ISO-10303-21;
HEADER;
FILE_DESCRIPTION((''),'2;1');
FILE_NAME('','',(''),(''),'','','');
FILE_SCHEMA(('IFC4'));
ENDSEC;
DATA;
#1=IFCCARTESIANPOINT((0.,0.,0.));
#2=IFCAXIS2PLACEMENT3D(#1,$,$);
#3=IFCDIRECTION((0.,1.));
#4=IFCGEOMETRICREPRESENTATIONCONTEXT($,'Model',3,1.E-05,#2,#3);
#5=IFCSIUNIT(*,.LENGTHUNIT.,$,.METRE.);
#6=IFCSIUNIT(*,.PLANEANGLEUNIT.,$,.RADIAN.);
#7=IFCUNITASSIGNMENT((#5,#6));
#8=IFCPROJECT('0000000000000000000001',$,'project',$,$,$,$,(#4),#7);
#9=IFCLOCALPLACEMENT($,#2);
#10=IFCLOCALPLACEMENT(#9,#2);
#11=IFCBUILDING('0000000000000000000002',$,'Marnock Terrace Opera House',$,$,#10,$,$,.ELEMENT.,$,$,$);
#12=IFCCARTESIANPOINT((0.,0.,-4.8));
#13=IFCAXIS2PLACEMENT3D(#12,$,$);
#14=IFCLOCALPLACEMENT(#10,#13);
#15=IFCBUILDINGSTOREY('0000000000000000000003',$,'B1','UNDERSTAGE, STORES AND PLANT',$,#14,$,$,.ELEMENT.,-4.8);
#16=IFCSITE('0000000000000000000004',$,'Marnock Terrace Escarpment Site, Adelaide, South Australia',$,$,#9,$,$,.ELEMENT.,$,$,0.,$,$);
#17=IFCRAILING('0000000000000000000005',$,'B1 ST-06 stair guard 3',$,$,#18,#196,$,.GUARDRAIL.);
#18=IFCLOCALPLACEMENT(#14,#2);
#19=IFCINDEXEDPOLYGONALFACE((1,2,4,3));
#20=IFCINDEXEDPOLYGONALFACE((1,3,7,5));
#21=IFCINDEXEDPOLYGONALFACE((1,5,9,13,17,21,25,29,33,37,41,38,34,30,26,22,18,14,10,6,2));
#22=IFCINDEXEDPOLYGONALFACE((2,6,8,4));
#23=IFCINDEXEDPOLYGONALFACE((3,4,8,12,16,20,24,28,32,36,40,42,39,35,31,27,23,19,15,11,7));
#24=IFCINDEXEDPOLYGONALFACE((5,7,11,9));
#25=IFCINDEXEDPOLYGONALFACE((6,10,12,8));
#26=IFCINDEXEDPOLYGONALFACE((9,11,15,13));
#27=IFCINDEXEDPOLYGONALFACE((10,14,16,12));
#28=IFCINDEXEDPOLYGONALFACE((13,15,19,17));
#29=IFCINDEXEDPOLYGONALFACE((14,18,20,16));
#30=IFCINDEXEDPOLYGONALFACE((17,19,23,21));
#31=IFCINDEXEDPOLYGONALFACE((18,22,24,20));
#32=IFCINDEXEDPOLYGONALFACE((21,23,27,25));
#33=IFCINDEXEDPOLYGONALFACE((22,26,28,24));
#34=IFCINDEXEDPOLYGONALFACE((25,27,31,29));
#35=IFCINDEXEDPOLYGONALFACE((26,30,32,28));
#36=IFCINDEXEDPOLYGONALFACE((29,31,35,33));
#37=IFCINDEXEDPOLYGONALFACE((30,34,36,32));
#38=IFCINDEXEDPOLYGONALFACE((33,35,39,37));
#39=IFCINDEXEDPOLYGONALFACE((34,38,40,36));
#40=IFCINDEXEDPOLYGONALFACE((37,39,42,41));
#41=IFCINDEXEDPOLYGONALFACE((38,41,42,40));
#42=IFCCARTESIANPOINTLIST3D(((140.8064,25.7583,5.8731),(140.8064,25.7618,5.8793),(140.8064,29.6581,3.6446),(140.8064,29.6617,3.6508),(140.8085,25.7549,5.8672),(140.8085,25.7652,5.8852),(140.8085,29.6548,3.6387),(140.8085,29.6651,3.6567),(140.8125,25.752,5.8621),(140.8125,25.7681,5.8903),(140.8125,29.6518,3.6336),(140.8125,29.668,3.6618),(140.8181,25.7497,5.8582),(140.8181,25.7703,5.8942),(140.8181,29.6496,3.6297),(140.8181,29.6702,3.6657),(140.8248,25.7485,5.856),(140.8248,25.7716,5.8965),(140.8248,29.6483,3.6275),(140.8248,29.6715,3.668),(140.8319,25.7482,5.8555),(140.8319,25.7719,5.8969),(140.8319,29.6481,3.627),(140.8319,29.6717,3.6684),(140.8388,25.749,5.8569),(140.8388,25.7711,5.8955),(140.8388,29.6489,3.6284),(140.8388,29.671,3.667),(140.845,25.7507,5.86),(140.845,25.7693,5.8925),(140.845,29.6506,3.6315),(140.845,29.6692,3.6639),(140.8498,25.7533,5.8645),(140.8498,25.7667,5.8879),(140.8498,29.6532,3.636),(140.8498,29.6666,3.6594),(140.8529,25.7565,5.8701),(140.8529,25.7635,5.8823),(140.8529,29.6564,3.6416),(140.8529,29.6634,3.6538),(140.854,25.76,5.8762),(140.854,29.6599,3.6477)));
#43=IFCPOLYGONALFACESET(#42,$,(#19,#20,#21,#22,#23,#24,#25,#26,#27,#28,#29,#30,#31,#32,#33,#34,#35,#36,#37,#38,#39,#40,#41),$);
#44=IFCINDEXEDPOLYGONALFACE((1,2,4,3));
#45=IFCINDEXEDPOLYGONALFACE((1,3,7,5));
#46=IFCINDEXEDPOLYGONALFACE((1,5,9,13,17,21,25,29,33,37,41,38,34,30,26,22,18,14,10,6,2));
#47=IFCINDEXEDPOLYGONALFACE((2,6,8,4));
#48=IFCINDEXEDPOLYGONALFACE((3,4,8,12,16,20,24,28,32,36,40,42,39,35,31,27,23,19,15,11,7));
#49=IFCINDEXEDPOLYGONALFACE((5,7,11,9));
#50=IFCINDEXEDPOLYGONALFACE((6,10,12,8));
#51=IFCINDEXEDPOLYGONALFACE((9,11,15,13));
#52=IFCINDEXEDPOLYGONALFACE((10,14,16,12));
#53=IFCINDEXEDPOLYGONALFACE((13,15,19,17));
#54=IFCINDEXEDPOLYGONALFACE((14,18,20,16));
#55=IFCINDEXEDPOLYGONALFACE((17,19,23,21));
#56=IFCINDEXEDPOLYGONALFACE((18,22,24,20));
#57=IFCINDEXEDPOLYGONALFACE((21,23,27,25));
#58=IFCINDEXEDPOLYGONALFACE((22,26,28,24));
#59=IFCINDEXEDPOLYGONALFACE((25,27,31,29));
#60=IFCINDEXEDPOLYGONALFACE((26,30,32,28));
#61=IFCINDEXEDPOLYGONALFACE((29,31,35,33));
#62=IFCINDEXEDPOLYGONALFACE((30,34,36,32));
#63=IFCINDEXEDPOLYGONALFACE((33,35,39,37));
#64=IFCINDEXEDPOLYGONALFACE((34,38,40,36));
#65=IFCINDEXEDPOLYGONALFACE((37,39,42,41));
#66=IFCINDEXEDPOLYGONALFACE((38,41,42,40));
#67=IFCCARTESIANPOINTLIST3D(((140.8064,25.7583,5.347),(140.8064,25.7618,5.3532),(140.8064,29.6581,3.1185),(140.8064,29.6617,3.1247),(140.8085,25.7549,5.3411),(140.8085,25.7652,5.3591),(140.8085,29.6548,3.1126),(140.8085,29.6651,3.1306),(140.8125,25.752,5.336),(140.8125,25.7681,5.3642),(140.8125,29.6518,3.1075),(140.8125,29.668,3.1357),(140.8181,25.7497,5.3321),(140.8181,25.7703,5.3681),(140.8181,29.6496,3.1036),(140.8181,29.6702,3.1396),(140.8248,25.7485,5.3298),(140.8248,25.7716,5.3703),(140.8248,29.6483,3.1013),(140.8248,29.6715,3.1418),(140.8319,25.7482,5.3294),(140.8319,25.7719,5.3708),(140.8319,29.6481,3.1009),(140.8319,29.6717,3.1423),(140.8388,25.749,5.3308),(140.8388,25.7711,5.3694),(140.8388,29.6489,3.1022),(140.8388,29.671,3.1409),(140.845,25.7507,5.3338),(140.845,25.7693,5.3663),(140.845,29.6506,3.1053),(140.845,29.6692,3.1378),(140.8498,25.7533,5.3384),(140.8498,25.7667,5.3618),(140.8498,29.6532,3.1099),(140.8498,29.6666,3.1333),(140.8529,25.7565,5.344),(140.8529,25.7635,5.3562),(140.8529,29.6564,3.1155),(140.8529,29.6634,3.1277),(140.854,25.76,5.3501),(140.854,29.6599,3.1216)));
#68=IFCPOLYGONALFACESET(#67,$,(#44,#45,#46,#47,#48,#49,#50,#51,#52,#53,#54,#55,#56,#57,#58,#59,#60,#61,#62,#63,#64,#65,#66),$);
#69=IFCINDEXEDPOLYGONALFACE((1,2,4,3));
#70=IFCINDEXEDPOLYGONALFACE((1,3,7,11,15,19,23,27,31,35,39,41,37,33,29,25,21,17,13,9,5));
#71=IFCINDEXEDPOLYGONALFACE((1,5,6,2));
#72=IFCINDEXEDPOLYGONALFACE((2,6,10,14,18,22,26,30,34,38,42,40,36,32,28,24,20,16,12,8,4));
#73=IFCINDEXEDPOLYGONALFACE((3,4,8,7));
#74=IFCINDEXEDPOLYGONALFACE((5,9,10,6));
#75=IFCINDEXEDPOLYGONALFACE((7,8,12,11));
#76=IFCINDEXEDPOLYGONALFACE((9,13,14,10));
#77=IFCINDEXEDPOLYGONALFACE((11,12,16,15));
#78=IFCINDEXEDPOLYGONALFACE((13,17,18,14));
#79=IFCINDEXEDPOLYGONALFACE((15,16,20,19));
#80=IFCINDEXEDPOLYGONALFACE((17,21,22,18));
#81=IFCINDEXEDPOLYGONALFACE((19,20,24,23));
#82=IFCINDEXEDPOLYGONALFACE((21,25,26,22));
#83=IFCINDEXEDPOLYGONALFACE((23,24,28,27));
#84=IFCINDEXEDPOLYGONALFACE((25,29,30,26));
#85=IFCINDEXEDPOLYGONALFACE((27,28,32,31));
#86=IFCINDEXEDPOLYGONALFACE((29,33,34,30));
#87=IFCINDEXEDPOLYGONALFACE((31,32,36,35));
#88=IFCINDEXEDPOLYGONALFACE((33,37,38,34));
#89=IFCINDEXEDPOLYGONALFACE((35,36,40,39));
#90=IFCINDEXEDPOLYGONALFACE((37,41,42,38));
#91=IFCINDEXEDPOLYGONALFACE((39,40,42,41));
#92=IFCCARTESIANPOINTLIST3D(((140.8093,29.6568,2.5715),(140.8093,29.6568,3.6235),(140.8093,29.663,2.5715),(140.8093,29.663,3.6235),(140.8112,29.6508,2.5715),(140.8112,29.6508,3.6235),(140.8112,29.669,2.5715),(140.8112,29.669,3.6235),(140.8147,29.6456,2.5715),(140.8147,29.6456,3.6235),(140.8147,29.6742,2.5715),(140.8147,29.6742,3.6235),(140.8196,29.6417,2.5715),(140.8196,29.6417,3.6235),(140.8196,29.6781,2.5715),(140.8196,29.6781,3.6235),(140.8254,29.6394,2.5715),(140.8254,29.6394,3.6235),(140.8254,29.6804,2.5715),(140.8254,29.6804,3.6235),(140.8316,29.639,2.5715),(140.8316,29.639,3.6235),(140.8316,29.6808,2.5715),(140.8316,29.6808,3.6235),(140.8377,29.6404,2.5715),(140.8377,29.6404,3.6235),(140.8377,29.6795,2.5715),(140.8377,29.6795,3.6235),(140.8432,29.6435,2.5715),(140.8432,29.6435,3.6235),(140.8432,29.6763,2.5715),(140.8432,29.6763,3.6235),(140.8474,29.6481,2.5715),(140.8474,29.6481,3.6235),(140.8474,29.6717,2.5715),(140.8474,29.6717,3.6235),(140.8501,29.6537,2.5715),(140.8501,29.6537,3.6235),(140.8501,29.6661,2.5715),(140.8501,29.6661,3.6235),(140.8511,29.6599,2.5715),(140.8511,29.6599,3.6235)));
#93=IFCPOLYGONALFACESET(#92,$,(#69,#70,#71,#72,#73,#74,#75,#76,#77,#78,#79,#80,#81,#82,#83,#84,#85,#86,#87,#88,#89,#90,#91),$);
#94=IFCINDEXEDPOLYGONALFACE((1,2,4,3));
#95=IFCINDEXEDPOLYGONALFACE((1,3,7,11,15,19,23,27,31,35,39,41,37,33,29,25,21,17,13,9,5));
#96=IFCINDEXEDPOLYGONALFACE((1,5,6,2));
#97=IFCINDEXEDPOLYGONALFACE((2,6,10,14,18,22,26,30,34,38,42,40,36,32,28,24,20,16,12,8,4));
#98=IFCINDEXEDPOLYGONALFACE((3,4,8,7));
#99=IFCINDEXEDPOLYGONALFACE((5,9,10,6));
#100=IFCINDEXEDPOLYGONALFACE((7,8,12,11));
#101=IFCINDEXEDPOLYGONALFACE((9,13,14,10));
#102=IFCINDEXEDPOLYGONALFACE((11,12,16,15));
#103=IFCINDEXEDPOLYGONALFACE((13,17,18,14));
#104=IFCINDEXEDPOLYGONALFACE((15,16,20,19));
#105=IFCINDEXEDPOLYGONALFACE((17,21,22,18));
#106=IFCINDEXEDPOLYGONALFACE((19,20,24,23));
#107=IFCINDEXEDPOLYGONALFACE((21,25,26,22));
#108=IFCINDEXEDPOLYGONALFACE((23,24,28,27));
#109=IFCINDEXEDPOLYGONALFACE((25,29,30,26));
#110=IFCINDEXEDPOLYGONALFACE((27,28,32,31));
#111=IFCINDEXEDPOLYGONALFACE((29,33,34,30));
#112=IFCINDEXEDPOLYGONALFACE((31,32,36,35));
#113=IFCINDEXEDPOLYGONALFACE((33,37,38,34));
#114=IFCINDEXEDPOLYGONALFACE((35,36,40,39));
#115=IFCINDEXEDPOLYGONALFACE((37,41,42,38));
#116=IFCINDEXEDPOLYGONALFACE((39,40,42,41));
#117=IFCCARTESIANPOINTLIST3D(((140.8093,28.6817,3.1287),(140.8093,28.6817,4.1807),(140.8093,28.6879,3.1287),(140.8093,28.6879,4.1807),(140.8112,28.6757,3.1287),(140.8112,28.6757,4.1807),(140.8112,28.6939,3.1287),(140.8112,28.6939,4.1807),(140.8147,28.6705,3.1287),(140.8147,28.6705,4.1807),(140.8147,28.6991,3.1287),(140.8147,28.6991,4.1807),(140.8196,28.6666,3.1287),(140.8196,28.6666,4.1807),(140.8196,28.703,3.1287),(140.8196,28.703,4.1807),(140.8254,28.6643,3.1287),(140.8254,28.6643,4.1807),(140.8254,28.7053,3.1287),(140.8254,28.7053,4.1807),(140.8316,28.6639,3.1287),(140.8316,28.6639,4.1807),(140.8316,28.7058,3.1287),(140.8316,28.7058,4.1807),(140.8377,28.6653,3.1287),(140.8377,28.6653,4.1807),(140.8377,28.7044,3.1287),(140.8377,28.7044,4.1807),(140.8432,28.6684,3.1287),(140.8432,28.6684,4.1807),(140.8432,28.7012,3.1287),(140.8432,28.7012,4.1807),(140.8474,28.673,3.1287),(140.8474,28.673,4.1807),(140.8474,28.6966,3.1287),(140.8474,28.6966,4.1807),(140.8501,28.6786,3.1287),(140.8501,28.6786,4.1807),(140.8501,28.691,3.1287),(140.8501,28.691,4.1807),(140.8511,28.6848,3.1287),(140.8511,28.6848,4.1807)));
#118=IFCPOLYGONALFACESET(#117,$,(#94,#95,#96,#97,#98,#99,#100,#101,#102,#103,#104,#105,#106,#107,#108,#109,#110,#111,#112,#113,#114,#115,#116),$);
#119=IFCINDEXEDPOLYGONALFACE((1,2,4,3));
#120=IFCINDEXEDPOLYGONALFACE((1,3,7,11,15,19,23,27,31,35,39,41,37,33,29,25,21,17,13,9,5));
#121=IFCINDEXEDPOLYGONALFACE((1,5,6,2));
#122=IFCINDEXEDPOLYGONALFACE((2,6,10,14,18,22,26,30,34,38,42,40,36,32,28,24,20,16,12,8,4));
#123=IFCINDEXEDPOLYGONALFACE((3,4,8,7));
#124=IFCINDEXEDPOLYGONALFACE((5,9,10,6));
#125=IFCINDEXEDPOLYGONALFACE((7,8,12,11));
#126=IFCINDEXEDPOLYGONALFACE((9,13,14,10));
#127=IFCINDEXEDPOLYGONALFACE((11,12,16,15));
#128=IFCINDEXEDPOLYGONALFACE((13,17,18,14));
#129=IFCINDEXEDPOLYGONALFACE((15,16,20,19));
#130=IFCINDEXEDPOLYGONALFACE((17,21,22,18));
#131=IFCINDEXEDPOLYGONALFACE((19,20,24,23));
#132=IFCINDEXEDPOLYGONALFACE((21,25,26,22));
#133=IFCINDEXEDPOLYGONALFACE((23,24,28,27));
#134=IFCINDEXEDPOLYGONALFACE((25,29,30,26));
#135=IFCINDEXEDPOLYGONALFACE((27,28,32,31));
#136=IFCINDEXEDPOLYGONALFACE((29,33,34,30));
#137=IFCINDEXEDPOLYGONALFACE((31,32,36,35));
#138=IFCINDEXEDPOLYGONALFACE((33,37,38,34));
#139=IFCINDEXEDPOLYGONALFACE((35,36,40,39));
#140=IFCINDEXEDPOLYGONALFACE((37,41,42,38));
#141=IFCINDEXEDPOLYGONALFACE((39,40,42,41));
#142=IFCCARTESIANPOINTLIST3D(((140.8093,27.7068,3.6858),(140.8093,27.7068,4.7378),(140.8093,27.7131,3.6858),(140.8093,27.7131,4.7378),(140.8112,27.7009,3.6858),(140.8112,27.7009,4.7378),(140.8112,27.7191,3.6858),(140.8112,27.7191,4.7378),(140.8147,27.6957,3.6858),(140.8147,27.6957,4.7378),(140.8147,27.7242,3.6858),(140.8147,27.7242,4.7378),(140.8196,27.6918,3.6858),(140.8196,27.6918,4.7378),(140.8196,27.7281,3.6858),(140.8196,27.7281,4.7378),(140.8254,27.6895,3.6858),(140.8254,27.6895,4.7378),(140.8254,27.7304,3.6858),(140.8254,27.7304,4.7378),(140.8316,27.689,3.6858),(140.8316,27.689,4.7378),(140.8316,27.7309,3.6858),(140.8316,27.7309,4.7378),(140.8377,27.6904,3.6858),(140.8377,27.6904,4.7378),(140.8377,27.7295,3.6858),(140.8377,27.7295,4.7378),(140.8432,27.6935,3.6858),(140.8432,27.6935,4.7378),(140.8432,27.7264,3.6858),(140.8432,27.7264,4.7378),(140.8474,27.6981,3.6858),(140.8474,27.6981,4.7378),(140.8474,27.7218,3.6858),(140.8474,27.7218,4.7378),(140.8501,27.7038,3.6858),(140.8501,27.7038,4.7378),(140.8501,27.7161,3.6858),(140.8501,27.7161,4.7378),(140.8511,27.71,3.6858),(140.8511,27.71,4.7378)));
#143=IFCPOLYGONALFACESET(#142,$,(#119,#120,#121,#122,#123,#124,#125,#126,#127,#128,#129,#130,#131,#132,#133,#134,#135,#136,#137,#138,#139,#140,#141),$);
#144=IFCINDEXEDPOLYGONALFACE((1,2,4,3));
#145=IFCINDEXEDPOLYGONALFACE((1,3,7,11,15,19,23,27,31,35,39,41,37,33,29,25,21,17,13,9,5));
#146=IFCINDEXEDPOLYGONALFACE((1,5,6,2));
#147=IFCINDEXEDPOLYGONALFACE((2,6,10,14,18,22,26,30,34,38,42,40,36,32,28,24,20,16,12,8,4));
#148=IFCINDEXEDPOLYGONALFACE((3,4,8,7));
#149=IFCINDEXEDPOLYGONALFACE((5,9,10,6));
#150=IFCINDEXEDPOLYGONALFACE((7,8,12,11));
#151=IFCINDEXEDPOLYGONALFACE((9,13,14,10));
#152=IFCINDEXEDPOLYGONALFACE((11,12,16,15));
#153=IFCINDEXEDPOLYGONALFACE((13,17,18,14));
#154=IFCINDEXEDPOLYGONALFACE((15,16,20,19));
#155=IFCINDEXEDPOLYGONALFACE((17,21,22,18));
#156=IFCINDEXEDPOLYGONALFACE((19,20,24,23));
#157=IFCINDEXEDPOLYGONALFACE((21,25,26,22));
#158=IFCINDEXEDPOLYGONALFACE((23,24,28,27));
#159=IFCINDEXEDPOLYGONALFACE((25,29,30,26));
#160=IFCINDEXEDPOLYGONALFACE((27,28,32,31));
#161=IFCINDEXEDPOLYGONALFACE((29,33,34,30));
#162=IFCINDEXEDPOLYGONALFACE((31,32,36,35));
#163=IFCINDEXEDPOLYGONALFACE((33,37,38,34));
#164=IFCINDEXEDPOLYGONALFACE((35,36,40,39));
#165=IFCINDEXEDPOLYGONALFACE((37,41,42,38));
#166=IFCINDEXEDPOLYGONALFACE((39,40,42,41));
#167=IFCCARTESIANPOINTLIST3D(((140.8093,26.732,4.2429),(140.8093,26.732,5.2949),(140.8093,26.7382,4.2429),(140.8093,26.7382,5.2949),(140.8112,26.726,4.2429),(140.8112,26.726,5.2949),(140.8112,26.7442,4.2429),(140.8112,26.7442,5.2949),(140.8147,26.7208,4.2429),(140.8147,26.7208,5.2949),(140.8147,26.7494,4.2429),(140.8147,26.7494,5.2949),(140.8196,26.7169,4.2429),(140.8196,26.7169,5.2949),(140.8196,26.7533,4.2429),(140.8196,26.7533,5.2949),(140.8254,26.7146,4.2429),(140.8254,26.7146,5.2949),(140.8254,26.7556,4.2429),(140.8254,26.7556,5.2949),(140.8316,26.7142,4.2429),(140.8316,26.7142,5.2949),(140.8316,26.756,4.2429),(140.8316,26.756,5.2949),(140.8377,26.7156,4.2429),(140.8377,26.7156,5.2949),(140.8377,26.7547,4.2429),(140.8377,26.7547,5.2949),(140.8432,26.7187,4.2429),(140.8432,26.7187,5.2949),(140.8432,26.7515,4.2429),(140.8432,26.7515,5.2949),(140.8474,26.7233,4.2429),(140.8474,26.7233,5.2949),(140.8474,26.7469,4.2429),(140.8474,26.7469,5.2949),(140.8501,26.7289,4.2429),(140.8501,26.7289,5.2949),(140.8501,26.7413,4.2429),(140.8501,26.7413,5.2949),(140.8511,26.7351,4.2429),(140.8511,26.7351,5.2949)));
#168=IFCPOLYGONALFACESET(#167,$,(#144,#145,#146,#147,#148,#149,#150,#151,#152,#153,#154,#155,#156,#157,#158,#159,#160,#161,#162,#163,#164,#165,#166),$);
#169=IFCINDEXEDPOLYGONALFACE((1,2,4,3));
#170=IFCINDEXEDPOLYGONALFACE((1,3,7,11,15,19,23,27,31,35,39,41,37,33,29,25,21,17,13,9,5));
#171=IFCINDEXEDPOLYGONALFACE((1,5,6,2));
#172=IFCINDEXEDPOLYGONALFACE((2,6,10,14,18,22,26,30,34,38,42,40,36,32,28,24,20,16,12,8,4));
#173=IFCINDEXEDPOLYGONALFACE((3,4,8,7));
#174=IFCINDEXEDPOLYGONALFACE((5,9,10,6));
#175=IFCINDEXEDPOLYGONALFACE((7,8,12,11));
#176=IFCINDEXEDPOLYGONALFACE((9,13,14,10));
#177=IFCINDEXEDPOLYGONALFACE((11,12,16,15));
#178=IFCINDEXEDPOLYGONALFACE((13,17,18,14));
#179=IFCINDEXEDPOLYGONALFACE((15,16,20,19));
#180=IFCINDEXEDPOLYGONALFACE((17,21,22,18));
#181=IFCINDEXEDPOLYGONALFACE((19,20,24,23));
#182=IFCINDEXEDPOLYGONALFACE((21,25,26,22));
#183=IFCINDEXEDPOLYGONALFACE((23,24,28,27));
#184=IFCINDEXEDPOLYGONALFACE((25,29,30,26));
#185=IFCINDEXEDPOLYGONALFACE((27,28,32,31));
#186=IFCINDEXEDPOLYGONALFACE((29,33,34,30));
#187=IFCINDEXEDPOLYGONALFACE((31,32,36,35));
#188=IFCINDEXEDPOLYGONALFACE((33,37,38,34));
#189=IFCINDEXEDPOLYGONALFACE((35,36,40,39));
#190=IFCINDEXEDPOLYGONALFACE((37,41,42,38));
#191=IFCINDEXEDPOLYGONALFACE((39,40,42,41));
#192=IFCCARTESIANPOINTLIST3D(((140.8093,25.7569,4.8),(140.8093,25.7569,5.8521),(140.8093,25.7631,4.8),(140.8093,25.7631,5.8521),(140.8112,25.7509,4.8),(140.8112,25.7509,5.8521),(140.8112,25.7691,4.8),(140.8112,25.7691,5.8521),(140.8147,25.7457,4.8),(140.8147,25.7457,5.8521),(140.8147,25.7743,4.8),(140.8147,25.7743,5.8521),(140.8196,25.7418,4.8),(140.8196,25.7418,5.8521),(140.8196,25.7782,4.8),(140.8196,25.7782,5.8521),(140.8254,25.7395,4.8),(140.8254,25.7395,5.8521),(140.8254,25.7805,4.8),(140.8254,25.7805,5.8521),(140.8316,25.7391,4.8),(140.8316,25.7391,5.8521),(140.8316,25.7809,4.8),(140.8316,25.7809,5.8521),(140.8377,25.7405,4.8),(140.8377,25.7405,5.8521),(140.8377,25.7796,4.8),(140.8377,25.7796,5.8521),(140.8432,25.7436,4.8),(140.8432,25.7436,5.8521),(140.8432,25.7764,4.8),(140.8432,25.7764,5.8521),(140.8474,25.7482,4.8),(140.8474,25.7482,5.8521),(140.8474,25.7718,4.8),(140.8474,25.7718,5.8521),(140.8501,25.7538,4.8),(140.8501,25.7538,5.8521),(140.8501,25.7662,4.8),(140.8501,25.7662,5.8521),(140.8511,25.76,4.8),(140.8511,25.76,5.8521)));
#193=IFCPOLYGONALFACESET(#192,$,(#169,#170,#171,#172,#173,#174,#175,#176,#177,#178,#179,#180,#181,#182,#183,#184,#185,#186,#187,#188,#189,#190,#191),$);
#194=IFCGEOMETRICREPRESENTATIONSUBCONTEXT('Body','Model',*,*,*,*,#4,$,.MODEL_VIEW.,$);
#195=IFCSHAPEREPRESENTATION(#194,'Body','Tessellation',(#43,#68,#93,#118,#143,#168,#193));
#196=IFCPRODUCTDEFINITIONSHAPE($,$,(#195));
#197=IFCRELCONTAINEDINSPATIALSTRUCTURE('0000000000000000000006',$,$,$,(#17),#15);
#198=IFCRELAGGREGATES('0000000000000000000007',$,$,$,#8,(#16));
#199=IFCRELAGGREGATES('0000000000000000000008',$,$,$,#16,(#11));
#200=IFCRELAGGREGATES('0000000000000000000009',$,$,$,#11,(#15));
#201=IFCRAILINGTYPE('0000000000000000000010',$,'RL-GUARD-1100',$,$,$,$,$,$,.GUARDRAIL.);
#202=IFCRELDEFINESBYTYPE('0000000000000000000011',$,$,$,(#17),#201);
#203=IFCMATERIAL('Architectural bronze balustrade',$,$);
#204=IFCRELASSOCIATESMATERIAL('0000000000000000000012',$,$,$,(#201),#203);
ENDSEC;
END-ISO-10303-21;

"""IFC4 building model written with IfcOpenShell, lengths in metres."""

from ifc_helpers import new_model, si_unit, direction, frame, origin, origin_2d, place, context, subcontext, project, spatial, circle, extrude, material, type_object, element, save


model = new_model("IFC4")

# Units and contexts
model_context = context("Model", 3, precision=1e-05, world=origin(), true_north=direction((0.0, 1.0)))
body_context = subcontext(model_context, "Body", "Model", "MODEL_VIEW")
ifc_project = project(units=[si_unit("LENGTHUNIT", "METRE"), si_unit("PLANEANGLEUNIT", "RADIAN")], contexts=[model_context])

# Site, building, storey
site_placement = place(None, origin())
site = spatial("IfcSite", under=ifc_project, at=site_placement, Name="Marnock Terrace Escarpment Site, Adelaide, South Australia", CompositionType="ELEMENT", RefElevation=0.0)
building_placement = place(site_placement, origin())
building = spatial("IfcBuilding", under=site, at=building_placement, Name="Marnock Terrace Opera House", CompositionType="ELEMENT")
storey_placement = place(building_placement, frame((0.0, 0.0, -4.8)))
storey = spatial("IfcBuildingStorey", under=building, at=storey_placement, Name="B1", Description="UNDERSTAGE, STORES AND PLANT", CompositionType="ELEMENT", Elevation=-4.8)

# Railing
ifc_material_1 = material(Name="Architectural bronze balustrade")
railing_type_1 = type_object("IfcRailingType", Name="RL-GUARD-1100", PredefinedType="GUARDRAIL", material=ifc_material_1)
railing_1_placement = place(storey_placement, frame((140.8301, 29.6599, 2.5715)))
element("IfcRailing", 1, at=railing_1_placement, inside=storey, type_object=railing_type_1, Name="B1 ST-06 stair guard 3", PredefinedType="GUARDRAIL", context=body_context, shape_type="SweptSolid", body=[
    extrude(circle(Radius=0.0239, at=origin_2d()), frame((0.0, 0.0, 1.0762), z_axis=(0.0, -0.868243, 0.496139), x_axis=(1.0, 0.0, 0.0)), (0.0, 0.0, 1.0), 4.4917),
    extrude(circle(Radius=0.0239, at=origin_2d()), frame((0.0, 0.0, 0.55), z_axis=(0.0, -0.868243, 0.496139), x_axis=(1.0, 0.0, 0.0)), (0.0, 0.0, 1.0), 4.4917),
    extrude(circle(Radius=0.021, at=origin_2d()), origin(), (0.0, 0.0, 1.0), 1.052),
    extrude(circle(Radius=0.021, at=origin_2d()), frame((0.0, -0.9751, 0.5571)), (0.0, 0.0, 1.0), 1.052),
    extrude(circle(Radius=0.021, at=origin_2d()), frame((0.0, -1.95, 1.1143)), (0.0, 0.0, 1.0), 1.052),
    extrude(circle(Radius=0.021, at=origin_2d()), frame((0.0, -2.9248, 1.6714)), (0.0, 0.0, 1.0), 1.052),
    extrude(circle(Radius=0.021, at=origin_2d()), frame((0.0, -3.8999, 2.2285)), (0.0, 0.0, 1.0), 1.052),
])

save(model, "model.ifc")
